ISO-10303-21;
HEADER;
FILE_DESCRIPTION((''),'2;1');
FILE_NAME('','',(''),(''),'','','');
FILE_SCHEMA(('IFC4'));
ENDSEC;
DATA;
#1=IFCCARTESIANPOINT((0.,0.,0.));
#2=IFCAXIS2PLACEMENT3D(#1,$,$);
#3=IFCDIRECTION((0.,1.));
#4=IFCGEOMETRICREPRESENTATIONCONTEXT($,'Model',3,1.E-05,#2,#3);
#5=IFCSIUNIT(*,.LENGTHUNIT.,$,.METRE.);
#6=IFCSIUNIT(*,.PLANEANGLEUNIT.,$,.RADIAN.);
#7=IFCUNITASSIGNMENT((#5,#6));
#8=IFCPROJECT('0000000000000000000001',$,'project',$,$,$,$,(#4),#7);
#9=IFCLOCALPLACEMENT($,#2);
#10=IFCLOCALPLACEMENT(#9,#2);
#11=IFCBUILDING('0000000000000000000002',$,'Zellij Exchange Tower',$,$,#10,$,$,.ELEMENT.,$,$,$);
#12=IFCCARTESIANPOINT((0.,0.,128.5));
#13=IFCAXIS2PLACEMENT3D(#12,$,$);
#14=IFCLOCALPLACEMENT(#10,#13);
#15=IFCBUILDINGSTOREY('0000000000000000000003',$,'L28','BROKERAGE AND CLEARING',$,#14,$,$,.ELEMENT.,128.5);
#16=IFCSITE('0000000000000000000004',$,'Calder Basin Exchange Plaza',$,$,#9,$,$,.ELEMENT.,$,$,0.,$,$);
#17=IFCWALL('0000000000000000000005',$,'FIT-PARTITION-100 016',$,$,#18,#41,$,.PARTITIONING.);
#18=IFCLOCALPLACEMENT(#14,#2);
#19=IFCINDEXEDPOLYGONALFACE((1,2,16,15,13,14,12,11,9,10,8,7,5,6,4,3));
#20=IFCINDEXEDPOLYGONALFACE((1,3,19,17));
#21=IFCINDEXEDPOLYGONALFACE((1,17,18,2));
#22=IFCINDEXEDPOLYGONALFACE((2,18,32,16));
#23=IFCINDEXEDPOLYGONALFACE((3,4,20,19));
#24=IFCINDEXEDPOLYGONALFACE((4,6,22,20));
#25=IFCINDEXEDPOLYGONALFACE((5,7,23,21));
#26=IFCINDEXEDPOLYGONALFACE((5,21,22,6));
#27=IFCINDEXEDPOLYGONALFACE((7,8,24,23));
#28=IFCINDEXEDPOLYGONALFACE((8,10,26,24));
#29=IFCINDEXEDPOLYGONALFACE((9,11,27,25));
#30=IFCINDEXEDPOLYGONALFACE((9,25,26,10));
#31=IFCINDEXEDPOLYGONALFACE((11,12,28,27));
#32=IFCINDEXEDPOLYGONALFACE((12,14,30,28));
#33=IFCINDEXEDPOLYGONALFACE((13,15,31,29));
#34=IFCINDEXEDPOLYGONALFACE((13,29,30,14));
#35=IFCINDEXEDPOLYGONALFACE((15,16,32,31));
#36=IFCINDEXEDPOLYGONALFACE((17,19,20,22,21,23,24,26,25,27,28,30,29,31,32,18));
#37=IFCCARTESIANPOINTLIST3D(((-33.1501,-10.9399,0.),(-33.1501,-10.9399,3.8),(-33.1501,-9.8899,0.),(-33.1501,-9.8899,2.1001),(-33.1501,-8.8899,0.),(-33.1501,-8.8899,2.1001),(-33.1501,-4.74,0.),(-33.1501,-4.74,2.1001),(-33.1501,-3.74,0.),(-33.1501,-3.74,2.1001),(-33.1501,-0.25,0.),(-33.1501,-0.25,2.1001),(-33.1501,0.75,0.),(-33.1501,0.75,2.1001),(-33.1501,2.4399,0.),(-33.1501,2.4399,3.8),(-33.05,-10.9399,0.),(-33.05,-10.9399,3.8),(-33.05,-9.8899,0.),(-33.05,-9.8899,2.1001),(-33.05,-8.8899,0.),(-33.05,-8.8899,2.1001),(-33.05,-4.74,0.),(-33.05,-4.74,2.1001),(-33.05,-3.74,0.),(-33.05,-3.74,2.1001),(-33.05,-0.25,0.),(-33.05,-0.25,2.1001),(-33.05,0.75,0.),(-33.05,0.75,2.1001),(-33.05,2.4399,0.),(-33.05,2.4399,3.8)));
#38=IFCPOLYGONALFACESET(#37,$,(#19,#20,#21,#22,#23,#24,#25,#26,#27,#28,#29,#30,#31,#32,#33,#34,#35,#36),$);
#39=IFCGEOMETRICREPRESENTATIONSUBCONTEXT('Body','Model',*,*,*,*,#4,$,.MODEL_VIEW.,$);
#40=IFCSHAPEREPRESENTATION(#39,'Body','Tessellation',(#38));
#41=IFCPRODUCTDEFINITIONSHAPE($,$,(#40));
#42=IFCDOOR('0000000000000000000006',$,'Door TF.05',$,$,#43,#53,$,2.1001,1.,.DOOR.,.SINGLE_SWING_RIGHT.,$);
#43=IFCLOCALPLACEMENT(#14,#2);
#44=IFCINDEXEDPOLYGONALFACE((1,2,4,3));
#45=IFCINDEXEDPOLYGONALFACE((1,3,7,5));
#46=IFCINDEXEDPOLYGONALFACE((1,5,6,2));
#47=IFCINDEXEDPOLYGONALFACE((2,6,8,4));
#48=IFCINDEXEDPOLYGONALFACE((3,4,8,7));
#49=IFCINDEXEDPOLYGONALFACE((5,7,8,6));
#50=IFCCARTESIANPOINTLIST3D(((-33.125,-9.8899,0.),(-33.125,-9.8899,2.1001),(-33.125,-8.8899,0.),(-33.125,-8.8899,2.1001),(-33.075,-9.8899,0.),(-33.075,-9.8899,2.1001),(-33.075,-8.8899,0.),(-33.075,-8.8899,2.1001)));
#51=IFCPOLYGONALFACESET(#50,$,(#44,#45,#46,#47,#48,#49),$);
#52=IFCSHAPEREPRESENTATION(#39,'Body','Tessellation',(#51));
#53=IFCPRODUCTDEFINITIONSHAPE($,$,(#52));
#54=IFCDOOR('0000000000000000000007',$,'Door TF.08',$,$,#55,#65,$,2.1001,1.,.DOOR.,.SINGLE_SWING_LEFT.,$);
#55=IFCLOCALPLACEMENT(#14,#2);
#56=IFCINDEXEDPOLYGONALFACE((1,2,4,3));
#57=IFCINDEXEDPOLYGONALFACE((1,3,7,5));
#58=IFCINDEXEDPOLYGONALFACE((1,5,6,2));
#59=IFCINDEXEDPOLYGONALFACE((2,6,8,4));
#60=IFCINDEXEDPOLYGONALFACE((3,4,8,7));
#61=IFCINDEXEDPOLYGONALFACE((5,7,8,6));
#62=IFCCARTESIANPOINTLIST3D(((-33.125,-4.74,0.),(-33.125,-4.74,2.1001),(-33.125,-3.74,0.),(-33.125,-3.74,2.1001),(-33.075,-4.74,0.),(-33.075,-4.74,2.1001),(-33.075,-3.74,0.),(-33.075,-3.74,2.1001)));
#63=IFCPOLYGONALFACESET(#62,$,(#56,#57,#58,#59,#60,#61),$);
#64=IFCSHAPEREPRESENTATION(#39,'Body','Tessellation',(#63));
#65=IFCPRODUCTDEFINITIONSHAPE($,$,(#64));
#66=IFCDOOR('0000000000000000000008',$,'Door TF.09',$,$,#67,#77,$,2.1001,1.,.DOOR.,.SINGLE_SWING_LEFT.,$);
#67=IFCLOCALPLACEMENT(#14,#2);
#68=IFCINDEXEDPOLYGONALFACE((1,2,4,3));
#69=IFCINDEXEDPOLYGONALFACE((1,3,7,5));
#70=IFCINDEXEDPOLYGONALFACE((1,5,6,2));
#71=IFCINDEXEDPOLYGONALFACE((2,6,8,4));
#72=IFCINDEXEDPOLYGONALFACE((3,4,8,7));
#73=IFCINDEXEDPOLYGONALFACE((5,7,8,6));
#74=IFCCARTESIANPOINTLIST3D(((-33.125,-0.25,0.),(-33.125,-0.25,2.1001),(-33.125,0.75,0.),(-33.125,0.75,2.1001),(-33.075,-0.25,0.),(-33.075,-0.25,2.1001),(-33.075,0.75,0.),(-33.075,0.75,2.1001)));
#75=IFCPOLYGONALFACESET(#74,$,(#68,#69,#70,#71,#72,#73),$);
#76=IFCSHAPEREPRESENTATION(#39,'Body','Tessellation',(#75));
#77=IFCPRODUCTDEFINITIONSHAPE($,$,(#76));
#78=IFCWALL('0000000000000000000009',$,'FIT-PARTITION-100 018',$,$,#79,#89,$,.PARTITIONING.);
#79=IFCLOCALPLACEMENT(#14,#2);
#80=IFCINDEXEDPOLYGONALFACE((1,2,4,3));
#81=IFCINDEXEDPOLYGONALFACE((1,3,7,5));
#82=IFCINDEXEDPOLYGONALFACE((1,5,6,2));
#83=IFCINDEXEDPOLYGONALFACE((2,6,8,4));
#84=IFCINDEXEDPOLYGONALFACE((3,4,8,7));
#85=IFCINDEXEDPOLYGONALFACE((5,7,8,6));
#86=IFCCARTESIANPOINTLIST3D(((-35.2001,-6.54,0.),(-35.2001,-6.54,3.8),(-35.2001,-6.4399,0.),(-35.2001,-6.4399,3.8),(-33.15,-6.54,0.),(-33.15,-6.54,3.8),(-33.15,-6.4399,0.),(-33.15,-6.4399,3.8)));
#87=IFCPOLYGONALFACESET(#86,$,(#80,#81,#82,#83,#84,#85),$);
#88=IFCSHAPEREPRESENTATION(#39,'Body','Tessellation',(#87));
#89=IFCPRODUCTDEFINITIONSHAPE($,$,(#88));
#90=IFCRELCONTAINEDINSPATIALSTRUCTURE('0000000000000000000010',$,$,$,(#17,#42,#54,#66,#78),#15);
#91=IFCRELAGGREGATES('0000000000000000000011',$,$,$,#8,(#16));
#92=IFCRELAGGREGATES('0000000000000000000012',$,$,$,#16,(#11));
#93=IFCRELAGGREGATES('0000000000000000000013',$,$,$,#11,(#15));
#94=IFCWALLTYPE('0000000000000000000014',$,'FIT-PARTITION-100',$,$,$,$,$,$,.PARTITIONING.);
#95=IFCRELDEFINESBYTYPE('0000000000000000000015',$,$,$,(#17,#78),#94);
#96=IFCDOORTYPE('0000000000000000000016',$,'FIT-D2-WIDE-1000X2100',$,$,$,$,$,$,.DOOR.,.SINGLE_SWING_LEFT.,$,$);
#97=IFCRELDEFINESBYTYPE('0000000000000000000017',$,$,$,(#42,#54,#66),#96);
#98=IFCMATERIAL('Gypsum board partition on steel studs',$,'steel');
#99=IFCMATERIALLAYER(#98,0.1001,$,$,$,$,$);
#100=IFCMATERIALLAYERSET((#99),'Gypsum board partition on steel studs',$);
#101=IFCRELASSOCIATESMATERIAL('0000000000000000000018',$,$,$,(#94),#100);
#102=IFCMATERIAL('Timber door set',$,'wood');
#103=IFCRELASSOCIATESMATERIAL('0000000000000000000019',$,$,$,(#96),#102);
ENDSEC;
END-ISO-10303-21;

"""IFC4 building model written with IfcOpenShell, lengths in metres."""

from ifc_helpers import new_model, si_unit, direction, frame, frame_2d, origin, place, context, subcontext, project, spatial, rectangle, extrude, material, layer, layer_set, type_object, element, fill, save


model = new_model("IFC4")

# Units and contexts
model_context = context("Model", 3, precision=1e-05, world=origin(), true_north=direction((0.0, 1.0)))
body_context = subcontext(model_context, "Body", "Model", "MODEL_VIEW")
ifc_project = project(units=[si_unit("LENGTHUNIT", "METRE"), si_unit("PLANEANGLEUNIT", "RADIAN")], contexts=[model_context])

# Site, building, storey
site_placement = place(None, origin())
site = spatial("IfcSite", under=ifc_project, at=site_placement, Name="Calder Basin Exchange Plaza", CompositionType="ELEMENT", RefElevation=0.0)
building_placement = place(site_placement, origin())
building = spatial("IfcBuilding", under=site, at=building_placement, Name="Zellij Exchange Tower", CompositionType="ELEMENT")
storey_placement = place(building_placement, frame((0.0, 0.0, 128.5)))
storey = spatial("IfcBuildingStorey", under=building, at=storey_placement, Name="L28", Description="BROKERAGE AND CLEARING", CompositionType="ELEMENT", Elevation=128.5)

# Shared definitions
ifc_material_1 = material(Name="Gypsum board partition on steel studs", Category="steel")
ifc_layer = layer(ifc_material_1, 0.1001)
ifc_layer_set = layer_set([ifc_layer], Name="Gypsum board partition on steel studs")
wall_type = type_object("IfcWallType", Name="FIT-PARTITION-100", PredefinedType="PARTITIONING", material=ifc_layer_set)

# Wall, openings, doors
wall_1_placement = place(storey_placement, frame((-33.1001, -10.9399, 0.0), z_axis=(0.0, 0.0, 1.0), x_axis=(0.0, 1.0, 0.0)))
wall_1 = element("IfcWall", 1, at=wall_1_placement, inside=storey, type_object=wall_type, Name="FIT-PARTITION-100 016", PredefinedType="PARTITIONING", context=body_context, shape_type="SweptSolid", body=[
    extrude(rectangle(XDim=13.3799, YDim=0.1001, at=frame_2d((6.6899, 0.0))), origin(), (0.0, 0.0, 1.0), 3.8),
])
opening_1_placement = place(wall_1_placement, frame((1.05, 0.0, 0.0)))
opening_1 = element("IfcOpeningElement", 2, at=opening_1_placement, cuts=wall_1, PredefinedType="OPENING", context=body_context, shape_type="SweptSolid", body=[
    extrude(rectangle(XDim=1.0, YDim=2.1001, at=frame_2d((0.5, 1.05))), frame((0.0, 0.062, 0.0), z_axis=(0.0, -1.0, 0.0), x_axis=(1.0, 0.0, 0.0)), (0.0, 0.0, 1.0), 0.124),
])
opening_2_placement = place(wall_1_placement, frame((6.2, 0.0, 0.0)))
opening_2 = element("IfcOpeningElement", 3, at=opening_2_placement, cuts=wall_1, PredefinedType="OPENING", context=body_context, shape_type="SweptSolid", body=[
    extrude(rectangle(XDim=1.0, YDim=2.1001, at=frame_2d((0.5, 1.05))), frame((0.0, 0.062, 0.0), z_axis=(0.0, -1.0, 0.0), x_axis=(1.0, 0.0, 0.0)), (0.0, 0.0, 1.0), 0.124),
])
opening_3_placement = place(wall_1_placement, frame((10.6899, 0.0, 0.0)))
opening_3 = element("IfcOpeningElement", 4, at=opening_3_placement, cuts=wall_1, PredefinedType="OPENING", context=body_context, shape_type="SweptSolid", body=[
    extrude(rectangle(XDim=1.0, YDim=2.1001, at=frame_2d((0.5, 1.05))), frame((0.0, 0.062, 0.0), z_axis=(0.0, -1.0, 0.0), x_axis=(1.0, 0.0, 0.0)), (0.0, 0.0, 1.0), 0.124),
])
ifc_material_2 = material(Name="Timber door set", Category="wood")
door_type = type_object("IfcDoorType", Name="FIT-D2-WIDE-1000X2100", OperationType="SINGLE_SWING_LEFT", PredefinedType="DOOR", material=ifc_material_2)
door_1_placement = place(opening_1_placement, origin())
door_1 = element("IfcDoor", 5, at=door_1_placement, inside=storey, type_object=door_type, Name="Door TF.05", OperationType="SINGLE_SWING_RIGHT", OverallHeight=2.1001, OverallWidth=1.0, PredefinedType="DOOR", context=body_context, shape_type="SweptSolid", body=[
    extrude(rectangle(XDim=1.0, YDim=2.1001, at=frame_2d((0.5, 1.05))), frame((0.0, 0.0249, 0.0), z_axis=(0.0, -1.0, 0.0), x_axis=(1.0, 0.0, 0.0)), (0.0, 0.0, 1.0), 0.05),
])
fill(opening_1, door_1)
door_2_placement = place(opening_2_placement, origin())
door_2 = element("IfcDoor", 6, at=door_2_placement, inside=storey, type_object=door_type, Name="Door TF.08", OperationType="SINGLE_SWING_LEFT", OverallHeight=2.1001, OverallWidth=1.0, PredefinedType="DOOR", context=body_context, shape_type="SweptSolid", body=[
    extrude(rectangle(XDim=1.0, YDim=2.1001, at=frame_2d((0.5, 1.05))), frame((0.0, 0.0249, 0.0), z_axis=(0.0, -1.0, 0.0), x_axis=(1.0, 0.0, 0.0)), (0.0, 0.0, 1.0), 0.05),
])
fill(opening_2, door_2)
door_3_placement = place(opening_3_placement, origin())
door_3 = element("IfcDoor", 7, at=door_3_placement, inside=storey, type_object=door_type, Name="Door TF.09", OperationType="SINGLE_SWING_LEFT", OverallHeight=2.1001, OverallWidth=1.0, PredefinedType="DOOR", context=body_context, shape_type="SweptSolid", body=[
    extrude(rectangle(XDim=1.0, YDim=2.1001, at=frame_2d((0.5, 1.05))), frame((0.0, 0.0249, 0.0), z_axis=(0.0, -1.0, 0.0), x_axis=(1.0, 0.0, 0.0)), (0.0, 0.0, 1.0), 0.05),
])
fill(opening_3, door_3)

# Wall
wall_2_placement = place(storey_placement, frame((-35.2, -6.49, 0.0), z_axis=(0.0, 0.0, 1.0), x_axis=(1.0, 0.0, 0.0)))
element("IfcWall", 8, at=wall_2_placement, inside=storey, type_object=wall_type, Name="FIT-PARTITION-100 018", PredefinedType="PARTITIONING", context=body_context, shape_type="SweptSolid", body=[
    extrude(rectangle(XDim=2.05, YDim=0.1001, at=frame_2d((1.0249, 0.0))), origin(), (0.0, 0.0, 1.0), 3.8),
])

save(model, "model.ifc")
